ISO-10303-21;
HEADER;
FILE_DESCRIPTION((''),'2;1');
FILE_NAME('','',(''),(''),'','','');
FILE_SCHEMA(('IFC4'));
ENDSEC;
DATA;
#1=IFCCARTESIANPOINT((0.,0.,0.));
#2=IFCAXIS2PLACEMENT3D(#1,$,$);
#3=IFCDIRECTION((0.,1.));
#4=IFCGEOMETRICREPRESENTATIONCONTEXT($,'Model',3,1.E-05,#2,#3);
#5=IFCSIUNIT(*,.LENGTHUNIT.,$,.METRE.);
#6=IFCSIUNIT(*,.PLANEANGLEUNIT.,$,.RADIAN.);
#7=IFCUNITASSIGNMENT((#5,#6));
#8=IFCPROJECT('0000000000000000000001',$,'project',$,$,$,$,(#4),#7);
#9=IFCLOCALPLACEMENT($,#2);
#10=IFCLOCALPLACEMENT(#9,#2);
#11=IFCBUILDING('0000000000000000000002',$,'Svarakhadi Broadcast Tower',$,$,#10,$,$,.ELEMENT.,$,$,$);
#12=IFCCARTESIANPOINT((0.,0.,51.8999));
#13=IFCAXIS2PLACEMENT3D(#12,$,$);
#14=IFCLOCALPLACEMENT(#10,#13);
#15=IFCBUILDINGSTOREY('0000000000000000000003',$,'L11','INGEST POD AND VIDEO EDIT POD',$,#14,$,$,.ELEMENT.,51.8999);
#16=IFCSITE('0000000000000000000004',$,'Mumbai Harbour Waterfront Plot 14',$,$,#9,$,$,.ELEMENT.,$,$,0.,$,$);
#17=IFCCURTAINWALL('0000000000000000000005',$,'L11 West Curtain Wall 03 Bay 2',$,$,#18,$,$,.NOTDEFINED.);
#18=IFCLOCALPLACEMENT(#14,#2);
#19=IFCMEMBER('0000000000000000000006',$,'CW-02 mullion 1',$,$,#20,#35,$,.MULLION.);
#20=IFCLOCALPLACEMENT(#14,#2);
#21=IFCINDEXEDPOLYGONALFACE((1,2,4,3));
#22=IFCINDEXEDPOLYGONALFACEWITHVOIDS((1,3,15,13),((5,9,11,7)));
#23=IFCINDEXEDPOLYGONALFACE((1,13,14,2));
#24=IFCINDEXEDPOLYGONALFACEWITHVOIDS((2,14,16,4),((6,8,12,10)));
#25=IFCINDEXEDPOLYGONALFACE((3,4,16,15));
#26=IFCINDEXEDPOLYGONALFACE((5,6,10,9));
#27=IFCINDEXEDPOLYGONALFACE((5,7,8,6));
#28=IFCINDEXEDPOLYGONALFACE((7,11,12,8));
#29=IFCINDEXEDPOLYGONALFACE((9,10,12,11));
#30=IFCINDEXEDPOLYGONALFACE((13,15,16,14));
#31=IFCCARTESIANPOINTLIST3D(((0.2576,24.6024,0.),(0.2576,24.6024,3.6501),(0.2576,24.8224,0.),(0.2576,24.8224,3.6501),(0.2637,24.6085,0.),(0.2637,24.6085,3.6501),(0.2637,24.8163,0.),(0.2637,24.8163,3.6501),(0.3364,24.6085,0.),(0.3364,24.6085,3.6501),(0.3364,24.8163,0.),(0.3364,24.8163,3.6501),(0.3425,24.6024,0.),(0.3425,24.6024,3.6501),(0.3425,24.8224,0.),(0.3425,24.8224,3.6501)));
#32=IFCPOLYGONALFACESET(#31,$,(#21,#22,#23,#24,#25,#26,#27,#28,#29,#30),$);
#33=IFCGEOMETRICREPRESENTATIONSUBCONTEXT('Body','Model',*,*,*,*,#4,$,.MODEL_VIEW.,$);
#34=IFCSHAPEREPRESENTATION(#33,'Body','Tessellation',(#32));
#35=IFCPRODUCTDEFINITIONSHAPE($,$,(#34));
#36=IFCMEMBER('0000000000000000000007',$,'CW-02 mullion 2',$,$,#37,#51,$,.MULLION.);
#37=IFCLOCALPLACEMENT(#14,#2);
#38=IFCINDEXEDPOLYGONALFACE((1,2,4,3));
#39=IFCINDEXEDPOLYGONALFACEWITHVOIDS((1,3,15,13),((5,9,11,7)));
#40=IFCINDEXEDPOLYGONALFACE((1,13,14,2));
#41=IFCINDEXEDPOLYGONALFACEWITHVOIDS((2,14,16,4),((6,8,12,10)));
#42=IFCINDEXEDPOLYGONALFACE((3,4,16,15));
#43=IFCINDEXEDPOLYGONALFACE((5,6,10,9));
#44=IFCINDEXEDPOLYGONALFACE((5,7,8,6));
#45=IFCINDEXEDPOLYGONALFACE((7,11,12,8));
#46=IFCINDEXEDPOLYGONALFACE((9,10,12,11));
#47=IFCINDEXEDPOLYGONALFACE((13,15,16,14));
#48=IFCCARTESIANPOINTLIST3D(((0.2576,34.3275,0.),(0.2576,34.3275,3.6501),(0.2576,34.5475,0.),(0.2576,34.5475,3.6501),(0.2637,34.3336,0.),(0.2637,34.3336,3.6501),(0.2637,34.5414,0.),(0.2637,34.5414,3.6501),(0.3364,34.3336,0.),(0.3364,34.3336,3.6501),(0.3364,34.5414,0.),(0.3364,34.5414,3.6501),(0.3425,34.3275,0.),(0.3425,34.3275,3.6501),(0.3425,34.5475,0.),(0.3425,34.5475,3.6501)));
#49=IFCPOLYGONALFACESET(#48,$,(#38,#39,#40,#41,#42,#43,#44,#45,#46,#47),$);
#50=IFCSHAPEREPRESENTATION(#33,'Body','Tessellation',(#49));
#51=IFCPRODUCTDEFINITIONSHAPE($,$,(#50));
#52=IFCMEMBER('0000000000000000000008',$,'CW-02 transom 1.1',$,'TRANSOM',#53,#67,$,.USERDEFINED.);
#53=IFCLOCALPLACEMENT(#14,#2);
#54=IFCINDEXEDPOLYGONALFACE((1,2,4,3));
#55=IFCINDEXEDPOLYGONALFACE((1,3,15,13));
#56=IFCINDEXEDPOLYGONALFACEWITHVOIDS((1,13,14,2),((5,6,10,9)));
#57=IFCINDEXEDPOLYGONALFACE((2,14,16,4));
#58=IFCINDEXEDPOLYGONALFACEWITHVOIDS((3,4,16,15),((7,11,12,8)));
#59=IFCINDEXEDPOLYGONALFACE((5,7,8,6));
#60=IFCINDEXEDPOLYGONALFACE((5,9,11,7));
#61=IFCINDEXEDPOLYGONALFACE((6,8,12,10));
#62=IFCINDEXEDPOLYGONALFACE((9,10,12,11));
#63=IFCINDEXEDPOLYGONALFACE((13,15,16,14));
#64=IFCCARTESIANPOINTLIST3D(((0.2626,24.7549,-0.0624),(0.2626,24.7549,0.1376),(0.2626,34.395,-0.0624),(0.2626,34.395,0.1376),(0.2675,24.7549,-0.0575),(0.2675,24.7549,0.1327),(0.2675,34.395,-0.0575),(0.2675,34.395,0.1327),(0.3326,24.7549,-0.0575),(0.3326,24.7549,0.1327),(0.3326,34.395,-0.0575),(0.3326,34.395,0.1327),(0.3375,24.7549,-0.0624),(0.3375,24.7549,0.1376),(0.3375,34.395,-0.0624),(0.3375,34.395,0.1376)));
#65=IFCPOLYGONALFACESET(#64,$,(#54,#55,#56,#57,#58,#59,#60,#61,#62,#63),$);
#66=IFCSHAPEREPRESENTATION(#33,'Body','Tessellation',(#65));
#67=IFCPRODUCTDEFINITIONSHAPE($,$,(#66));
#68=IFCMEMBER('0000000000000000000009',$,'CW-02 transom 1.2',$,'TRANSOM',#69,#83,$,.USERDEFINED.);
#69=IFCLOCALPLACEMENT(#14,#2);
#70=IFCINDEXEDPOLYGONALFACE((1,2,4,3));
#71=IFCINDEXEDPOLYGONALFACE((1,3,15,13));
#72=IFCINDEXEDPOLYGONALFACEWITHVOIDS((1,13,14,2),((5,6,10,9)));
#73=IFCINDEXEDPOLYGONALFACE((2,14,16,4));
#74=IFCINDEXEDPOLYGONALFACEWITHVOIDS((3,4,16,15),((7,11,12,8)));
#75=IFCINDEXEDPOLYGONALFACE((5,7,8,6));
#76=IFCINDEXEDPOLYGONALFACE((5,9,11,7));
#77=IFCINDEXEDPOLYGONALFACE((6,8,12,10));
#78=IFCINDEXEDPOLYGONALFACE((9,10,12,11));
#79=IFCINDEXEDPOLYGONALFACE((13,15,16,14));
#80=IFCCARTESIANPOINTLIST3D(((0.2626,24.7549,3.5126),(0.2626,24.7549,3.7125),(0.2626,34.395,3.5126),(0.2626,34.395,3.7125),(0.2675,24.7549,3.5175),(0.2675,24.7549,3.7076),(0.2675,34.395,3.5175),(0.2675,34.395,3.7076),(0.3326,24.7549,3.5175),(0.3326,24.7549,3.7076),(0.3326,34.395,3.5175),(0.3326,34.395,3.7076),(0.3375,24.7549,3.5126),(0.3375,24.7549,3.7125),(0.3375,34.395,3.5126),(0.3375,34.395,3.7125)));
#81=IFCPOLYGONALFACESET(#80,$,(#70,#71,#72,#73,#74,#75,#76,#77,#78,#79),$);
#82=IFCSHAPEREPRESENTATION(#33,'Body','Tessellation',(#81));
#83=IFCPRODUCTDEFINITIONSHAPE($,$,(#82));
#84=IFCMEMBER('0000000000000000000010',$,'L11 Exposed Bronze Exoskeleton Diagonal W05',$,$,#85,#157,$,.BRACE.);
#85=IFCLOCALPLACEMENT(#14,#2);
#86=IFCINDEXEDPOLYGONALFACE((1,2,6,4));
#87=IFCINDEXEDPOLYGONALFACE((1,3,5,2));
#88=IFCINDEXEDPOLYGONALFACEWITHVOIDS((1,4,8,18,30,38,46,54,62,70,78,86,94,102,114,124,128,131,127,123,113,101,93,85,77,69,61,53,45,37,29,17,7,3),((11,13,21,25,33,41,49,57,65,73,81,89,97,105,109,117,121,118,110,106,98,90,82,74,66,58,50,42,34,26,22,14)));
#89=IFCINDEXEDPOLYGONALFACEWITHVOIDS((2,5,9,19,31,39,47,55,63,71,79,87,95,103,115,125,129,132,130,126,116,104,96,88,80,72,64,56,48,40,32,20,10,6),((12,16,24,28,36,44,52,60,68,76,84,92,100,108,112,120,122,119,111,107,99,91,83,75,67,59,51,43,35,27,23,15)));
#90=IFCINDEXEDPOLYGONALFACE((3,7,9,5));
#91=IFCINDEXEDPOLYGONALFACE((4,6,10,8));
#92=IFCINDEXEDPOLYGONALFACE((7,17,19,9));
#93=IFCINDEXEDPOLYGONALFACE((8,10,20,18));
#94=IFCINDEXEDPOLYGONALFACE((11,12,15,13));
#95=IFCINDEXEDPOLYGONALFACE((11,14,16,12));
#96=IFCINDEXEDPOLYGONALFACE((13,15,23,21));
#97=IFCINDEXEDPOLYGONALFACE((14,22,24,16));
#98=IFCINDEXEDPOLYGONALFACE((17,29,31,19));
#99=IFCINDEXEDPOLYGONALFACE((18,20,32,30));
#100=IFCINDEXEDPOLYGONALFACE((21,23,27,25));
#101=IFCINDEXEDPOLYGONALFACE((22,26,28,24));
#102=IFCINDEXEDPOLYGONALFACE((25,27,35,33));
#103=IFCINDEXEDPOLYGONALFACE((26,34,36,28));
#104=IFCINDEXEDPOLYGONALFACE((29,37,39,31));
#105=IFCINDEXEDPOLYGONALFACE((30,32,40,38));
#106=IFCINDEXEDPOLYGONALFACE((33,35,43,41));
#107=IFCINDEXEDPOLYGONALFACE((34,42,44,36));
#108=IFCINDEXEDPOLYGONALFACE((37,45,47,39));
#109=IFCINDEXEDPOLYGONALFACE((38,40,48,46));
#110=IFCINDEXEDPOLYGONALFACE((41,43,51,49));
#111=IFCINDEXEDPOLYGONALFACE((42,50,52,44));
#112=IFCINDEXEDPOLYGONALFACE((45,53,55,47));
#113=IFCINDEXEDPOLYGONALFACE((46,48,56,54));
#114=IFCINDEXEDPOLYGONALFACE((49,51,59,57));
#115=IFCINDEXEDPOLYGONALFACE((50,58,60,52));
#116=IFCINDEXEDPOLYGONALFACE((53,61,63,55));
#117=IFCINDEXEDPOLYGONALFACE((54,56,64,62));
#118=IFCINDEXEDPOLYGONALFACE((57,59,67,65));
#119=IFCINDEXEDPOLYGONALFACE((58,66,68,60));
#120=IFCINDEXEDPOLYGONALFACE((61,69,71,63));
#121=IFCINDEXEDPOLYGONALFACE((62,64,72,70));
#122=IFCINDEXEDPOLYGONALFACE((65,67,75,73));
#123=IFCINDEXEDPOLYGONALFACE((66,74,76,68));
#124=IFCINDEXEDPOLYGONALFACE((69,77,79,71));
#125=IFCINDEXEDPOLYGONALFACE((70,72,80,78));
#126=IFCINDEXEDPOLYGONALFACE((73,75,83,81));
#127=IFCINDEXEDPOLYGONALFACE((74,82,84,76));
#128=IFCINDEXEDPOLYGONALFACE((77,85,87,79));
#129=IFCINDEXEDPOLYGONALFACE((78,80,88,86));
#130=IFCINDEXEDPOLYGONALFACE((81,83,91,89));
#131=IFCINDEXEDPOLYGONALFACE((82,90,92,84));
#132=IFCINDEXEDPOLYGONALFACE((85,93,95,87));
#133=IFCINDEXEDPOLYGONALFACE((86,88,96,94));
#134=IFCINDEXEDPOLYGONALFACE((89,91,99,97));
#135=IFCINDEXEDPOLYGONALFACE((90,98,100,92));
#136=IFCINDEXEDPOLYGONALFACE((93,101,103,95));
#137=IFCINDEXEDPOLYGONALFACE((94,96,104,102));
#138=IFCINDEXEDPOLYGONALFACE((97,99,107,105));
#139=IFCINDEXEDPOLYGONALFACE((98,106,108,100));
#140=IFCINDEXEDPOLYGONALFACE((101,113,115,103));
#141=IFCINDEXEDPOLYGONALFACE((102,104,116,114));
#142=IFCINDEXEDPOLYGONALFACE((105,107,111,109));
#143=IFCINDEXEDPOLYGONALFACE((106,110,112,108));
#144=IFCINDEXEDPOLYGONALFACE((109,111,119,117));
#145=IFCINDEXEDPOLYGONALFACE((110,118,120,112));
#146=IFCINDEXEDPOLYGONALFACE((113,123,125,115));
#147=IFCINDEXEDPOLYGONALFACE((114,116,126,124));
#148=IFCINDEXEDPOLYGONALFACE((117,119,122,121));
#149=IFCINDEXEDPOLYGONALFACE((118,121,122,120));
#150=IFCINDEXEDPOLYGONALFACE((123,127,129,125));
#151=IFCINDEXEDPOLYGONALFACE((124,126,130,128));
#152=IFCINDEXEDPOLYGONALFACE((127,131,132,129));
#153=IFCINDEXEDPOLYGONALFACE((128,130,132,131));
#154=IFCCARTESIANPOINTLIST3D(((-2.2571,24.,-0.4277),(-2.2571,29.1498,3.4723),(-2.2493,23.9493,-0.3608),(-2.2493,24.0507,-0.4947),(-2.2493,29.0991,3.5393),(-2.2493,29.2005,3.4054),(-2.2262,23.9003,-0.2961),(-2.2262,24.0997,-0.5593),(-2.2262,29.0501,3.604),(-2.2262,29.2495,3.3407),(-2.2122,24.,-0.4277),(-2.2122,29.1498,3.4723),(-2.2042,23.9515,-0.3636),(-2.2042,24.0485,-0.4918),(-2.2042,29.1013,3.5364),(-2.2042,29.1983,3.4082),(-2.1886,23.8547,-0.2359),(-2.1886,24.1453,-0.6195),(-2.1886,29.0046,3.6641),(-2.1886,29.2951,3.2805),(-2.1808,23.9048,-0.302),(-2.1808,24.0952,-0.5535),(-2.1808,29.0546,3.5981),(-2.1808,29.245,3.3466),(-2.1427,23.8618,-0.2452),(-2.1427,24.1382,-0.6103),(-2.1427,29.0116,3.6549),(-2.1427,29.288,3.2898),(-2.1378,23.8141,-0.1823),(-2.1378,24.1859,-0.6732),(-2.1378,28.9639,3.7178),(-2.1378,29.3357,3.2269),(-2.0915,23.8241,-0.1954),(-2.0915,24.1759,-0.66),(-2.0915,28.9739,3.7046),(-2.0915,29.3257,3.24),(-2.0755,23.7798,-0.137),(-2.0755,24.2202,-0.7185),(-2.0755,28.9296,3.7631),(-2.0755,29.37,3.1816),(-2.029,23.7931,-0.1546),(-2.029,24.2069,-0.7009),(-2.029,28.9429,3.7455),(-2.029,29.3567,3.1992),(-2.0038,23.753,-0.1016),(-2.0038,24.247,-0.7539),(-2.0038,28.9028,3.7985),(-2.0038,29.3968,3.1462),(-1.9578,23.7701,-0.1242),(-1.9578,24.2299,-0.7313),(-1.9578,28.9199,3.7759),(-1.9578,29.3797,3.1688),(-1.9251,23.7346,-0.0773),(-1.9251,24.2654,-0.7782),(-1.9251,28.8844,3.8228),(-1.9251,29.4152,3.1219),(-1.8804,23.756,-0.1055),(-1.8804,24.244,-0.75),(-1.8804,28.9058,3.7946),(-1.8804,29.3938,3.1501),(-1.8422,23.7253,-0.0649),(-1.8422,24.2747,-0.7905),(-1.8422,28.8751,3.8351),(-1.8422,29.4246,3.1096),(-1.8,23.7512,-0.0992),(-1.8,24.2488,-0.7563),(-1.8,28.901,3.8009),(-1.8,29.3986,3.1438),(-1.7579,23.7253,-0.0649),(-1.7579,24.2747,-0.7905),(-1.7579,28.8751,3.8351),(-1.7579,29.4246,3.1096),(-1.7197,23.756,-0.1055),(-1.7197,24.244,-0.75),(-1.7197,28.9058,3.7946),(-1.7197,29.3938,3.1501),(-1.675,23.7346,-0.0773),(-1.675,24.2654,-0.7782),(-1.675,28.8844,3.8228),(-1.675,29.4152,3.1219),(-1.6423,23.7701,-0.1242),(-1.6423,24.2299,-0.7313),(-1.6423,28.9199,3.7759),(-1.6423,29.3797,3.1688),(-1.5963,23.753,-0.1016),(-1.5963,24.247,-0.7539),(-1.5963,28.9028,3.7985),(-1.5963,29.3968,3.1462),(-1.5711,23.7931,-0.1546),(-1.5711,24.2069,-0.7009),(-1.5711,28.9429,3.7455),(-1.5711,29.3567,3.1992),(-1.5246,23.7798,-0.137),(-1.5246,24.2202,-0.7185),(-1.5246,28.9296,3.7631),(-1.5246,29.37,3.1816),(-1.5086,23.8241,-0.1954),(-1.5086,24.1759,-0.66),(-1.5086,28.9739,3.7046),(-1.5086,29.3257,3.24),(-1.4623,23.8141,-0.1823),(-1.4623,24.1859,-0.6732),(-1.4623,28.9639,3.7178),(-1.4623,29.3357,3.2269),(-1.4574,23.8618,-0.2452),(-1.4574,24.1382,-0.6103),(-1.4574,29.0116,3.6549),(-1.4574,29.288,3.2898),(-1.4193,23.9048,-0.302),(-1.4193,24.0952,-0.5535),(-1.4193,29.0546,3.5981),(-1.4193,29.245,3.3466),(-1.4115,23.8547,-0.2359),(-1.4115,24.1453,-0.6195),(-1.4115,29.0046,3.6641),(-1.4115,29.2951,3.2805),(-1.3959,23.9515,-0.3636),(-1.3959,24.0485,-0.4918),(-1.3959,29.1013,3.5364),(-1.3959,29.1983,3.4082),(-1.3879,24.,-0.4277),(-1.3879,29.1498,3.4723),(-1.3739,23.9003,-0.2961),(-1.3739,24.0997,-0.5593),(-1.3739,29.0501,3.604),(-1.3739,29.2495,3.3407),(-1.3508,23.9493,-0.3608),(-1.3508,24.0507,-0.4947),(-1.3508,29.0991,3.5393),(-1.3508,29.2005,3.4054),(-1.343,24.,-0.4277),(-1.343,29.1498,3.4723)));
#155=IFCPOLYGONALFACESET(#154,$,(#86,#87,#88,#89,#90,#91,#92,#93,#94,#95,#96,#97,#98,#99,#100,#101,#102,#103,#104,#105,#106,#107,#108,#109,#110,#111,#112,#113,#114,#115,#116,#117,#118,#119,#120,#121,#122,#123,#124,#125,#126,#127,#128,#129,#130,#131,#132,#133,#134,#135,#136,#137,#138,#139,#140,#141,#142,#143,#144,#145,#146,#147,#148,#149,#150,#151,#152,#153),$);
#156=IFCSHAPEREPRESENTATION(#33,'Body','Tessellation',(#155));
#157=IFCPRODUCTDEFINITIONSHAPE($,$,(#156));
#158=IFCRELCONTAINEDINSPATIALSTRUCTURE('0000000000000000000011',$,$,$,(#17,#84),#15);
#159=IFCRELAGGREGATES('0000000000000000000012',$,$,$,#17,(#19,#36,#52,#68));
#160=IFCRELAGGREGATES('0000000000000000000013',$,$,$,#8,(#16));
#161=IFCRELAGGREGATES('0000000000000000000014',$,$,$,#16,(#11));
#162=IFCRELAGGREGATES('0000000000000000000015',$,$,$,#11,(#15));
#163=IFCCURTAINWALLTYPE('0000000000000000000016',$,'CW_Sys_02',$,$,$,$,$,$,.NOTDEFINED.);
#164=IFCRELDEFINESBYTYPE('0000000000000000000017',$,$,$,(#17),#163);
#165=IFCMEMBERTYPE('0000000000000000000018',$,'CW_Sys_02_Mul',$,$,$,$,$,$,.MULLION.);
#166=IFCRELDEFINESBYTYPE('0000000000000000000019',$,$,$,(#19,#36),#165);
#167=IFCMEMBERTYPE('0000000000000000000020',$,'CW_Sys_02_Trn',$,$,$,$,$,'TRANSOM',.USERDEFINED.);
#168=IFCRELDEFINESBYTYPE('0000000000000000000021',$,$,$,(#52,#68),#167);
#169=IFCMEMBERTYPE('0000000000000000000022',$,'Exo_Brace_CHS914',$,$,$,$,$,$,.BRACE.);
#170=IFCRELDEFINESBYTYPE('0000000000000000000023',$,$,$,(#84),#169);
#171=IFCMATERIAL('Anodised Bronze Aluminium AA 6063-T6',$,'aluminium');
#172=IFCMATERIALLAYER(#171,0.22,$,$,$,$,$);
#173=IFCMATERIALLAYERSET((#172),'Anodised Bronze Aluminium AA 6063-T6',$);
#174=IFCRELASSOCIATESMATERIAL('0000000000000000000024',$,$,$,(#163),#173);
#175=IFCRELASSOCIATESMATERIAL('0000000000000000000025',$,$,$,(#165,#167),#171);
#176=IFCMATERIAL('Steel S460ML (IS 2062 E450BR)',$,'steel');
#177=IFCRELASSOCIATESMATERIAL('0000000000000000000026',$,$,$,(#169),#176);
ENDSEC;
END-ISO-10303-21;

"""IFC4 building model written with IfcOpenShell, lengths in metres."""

from ifc_helpers import new_model, si_unit, direction, frame, origin, origin_2d, place, context, subcontext, project, spatial, hollow_rectangle, hollow_circle, extrude, material, layer, layer_set, material_profile, profile_set, type_object, element, aggregate, save


model = new_model("IFC4")

# Units and contexts
model_context = context("Model", 3, precision=1e-05, world=origin(), true_north=direction((0.0, 1.0)))
body_context = subcontext(model_context, "Body", "Model", "MODEL_VIEW")
ifc_project = project(units=[si_unit("LENGTHUNIT", "METRE"), si_unit("PLANEANGLEUNIT", "RADIAN")], contexts=[model_context])

# Site, building, storey
site_placement = place(None, origin())
site = spatial("IfcSite", under=ifc_project, at=site_placement, Name="Mumbai Harbour Waterfront Plot 14", CompositionType="ELEMENT", RefElevation=0.0)
building_placement = place(site_placement, origin())
building = spatial("IfcBuilding", under=site, at=building_placement, Name="Svarakhadi Broadcast Tower", CompositionType="ELEMENT")
storey_placement = place(building_placement, frame((0.0, 0.0, 51.8999)))
storey = spatial("IfcBuildingStorey", under=building, at=storey_placement, Name="L11", Description="INGEST POD AND VIDEO EDIT POD", CompositionType="ELEMENT", Elevation=51.8999)

# Shared definitions
ifc_material_1 = material(Name="Steel S460ML (IS 2062 E450BR)", Category="steel")

# Curtain wall, members
ifc_material_2 = material(Name="Anodised Bronze Aluminium AA 6063-T6", Category="aluminium")
ifc_layer_1 = layer(ifc_material_2, 0.22)
ifc_layer_set_1 = layer_set([ifc_layer_1], Name="Anodised Bronze Aluminium AA 6063-T6")
curtain_wall_type = type_object("IfcCurtainWallType", Name="CW_Sys_02", PredefinedType="NOTDEFINED", material=ifc_layer_set_1)
curtain_wall_placement = place(storey_placement, origin())
curtain_wall = element("IfcCurtainWall", 1, at=curtain_wall_placement, inside=storey, type_object=curtain_wall_type, Name="L11 West Curtain Wall 03 Bay 2", PredefinedType="NOTDEFINED")
ifc_material_profile_1 = material_profile(ifc_material_2, hollow_rectangle(XDim=0.085, YDim=0.22, WallThickness=0.0061, at=origin_2d()), Name="ALU MULLION 220x85x6")
ifc_profile_set_1 = profile_set([ifc_material_profile_1], Name="Anodised Bronze Aluminium AA 6063-T6")
member_type_1 = type_object("IfcMemberType", Name="CW_Sys_02_Mul", PredefinedType="MULLION", material=ifc_profile_set_1)
member_1_placement = place(storey_placement, frame((0.3, 24.7124, 0.0), z_axis=(0.0, 0.0, 1.0), x_axis=(-1.0, 0.0, 0.0)))
member_1 = element("IfcMember", 2, at=member_1_placement, type_object=member_type_1, Name="CW-02 mullion 1", PredefinedType="MULLION", context=body_context, shape_type="SweptSolid", body=[
    extrude(hollow_rectangle(XDim=0.085, YDim=0.22, WallThickness=0.0061, at=origin_2d()), origin(), (0.0, 0.0, 1.0), 3.6501),
])
member_2_placement = place(storey_placement, frame((0.3, 34.4375, 0.0), z_axis=(0.0, 0.0, 1.0), x_axis=(-1.0, 0.0, 0.0)))
member_2 = element("IfcMember", 3, at=member_2_placement, type_object=member_type_1, Name="CW-02 mullion 2", PredefinedType="MULLION", context=body_context, shape_type="SweptSolid", body=[
    extrude(hollow_rectangle(XDim=0.085, YDim=0.22, WallThickness=0.0061, at=origin_2d()), origin(), (0.0, 0.0, 1.0), 3.6501),
])
ifc_material_profile_2 = material_profile(ifc_material_2, hollow_rectangle(XDim=0.075, YDim=0.2, WallThickness=0.0049, at=origin_2d()), Name="ALU TRANSOM 200x75x5")
ifc_profile_set_2 = profile_set([ifc_material_profile_2], Name="Anodised Bronze Aluminium AA 6063-T6")
member_type_2 = type_object("IfcMemberType", Name="CW_Sys_02_Trn", ElementType="TRANSOM", PredefinedType="USERDEFINED", material=ifc_profile_set_2)
member_3_placement = place(storey_placement, frame((0.3, 24.7549, 0.0376), z_axis=(0.0, 1.0, 0.0), x_axis=(-1.0, 0.0, 0.0)))
member_3 = element("IfcMember", 4, at=member_3_placement, type_object=member_type_2, Name="CW-02 transom 1.1", ObjectType="TRANSOM", PredefinedType="USERDEFINED", context=body_context, shape_type="SweptSolid", body=[
    extrude(hollow_rectangle(XDim=0.075, YDim=0.2, WallThickness=0.0049, at=origin_2d()), origin(), (0.0, 0.0, 1.0), 9.6401),
])
member_4_placement = place(storey_placement, frame((0.3, 24.7549, 3.6125), z_axis=(0.0, 1.0, 0.0), x_axis=(-1.0, 0.0, 0.0)))
member_4 = element("IfcMember", 5, at=member_4_placement, type_object=member_type_2, Name="CW-02 transom 1.2", ObjectType="TRANSOM", PredefinedType="USERDEFINED", context=body_context, shape_type="SweptSolid", body=[
    extrude(hollow_rectangle(XDim=0.075, YDim=0.2, WallThickness=0.0049, at=origin_2d()), origin(), (0.0, 0.0, 1.0), 9.6401),
])

# Member
ifc_material_profile_3 = material_profile(ifc_material_1, hollow_circle(Radius=0.457, WallThickness=0.0449, at=origin_2d()), Name="CHS 914x45")
ifc_profile_set_3 = profile_set([ifc_material_profile_3], Name="Steel S460ML (IS 2062 E450BR)")
member_type_3 = type_object("IfcMemberType", Name="Exo_Brace_CHS914", PredefinedType="BRACE", material=ifc_profile_set_3)
member_5_placement = place(storey_placement, frame((-1.8, 24.0, -0.4277), z_axis=(0.0, 0.797189, 0.60373), x_axis=(-1.0, 0.0, 0.0)))
element("IfcMember", 6, at=member_5_placement, inside=storey, type_object=member_type_3, Name="L11 Exposed Bronze Exoskeleton Diagonal W05", PredefinedType="BRACE", context=body_context, shape_type="SweptSolid", body=[
    extrude(hollow_circle(Radius=0.457, WallThickness=0.0449, at=origin_2d()), origin(), (0.0, 0.0, 1.0), 6.46),
])

aggregate(curtain_wall, [member_1, member_2, member_3, member_4])

save(model, "model.ifc")
